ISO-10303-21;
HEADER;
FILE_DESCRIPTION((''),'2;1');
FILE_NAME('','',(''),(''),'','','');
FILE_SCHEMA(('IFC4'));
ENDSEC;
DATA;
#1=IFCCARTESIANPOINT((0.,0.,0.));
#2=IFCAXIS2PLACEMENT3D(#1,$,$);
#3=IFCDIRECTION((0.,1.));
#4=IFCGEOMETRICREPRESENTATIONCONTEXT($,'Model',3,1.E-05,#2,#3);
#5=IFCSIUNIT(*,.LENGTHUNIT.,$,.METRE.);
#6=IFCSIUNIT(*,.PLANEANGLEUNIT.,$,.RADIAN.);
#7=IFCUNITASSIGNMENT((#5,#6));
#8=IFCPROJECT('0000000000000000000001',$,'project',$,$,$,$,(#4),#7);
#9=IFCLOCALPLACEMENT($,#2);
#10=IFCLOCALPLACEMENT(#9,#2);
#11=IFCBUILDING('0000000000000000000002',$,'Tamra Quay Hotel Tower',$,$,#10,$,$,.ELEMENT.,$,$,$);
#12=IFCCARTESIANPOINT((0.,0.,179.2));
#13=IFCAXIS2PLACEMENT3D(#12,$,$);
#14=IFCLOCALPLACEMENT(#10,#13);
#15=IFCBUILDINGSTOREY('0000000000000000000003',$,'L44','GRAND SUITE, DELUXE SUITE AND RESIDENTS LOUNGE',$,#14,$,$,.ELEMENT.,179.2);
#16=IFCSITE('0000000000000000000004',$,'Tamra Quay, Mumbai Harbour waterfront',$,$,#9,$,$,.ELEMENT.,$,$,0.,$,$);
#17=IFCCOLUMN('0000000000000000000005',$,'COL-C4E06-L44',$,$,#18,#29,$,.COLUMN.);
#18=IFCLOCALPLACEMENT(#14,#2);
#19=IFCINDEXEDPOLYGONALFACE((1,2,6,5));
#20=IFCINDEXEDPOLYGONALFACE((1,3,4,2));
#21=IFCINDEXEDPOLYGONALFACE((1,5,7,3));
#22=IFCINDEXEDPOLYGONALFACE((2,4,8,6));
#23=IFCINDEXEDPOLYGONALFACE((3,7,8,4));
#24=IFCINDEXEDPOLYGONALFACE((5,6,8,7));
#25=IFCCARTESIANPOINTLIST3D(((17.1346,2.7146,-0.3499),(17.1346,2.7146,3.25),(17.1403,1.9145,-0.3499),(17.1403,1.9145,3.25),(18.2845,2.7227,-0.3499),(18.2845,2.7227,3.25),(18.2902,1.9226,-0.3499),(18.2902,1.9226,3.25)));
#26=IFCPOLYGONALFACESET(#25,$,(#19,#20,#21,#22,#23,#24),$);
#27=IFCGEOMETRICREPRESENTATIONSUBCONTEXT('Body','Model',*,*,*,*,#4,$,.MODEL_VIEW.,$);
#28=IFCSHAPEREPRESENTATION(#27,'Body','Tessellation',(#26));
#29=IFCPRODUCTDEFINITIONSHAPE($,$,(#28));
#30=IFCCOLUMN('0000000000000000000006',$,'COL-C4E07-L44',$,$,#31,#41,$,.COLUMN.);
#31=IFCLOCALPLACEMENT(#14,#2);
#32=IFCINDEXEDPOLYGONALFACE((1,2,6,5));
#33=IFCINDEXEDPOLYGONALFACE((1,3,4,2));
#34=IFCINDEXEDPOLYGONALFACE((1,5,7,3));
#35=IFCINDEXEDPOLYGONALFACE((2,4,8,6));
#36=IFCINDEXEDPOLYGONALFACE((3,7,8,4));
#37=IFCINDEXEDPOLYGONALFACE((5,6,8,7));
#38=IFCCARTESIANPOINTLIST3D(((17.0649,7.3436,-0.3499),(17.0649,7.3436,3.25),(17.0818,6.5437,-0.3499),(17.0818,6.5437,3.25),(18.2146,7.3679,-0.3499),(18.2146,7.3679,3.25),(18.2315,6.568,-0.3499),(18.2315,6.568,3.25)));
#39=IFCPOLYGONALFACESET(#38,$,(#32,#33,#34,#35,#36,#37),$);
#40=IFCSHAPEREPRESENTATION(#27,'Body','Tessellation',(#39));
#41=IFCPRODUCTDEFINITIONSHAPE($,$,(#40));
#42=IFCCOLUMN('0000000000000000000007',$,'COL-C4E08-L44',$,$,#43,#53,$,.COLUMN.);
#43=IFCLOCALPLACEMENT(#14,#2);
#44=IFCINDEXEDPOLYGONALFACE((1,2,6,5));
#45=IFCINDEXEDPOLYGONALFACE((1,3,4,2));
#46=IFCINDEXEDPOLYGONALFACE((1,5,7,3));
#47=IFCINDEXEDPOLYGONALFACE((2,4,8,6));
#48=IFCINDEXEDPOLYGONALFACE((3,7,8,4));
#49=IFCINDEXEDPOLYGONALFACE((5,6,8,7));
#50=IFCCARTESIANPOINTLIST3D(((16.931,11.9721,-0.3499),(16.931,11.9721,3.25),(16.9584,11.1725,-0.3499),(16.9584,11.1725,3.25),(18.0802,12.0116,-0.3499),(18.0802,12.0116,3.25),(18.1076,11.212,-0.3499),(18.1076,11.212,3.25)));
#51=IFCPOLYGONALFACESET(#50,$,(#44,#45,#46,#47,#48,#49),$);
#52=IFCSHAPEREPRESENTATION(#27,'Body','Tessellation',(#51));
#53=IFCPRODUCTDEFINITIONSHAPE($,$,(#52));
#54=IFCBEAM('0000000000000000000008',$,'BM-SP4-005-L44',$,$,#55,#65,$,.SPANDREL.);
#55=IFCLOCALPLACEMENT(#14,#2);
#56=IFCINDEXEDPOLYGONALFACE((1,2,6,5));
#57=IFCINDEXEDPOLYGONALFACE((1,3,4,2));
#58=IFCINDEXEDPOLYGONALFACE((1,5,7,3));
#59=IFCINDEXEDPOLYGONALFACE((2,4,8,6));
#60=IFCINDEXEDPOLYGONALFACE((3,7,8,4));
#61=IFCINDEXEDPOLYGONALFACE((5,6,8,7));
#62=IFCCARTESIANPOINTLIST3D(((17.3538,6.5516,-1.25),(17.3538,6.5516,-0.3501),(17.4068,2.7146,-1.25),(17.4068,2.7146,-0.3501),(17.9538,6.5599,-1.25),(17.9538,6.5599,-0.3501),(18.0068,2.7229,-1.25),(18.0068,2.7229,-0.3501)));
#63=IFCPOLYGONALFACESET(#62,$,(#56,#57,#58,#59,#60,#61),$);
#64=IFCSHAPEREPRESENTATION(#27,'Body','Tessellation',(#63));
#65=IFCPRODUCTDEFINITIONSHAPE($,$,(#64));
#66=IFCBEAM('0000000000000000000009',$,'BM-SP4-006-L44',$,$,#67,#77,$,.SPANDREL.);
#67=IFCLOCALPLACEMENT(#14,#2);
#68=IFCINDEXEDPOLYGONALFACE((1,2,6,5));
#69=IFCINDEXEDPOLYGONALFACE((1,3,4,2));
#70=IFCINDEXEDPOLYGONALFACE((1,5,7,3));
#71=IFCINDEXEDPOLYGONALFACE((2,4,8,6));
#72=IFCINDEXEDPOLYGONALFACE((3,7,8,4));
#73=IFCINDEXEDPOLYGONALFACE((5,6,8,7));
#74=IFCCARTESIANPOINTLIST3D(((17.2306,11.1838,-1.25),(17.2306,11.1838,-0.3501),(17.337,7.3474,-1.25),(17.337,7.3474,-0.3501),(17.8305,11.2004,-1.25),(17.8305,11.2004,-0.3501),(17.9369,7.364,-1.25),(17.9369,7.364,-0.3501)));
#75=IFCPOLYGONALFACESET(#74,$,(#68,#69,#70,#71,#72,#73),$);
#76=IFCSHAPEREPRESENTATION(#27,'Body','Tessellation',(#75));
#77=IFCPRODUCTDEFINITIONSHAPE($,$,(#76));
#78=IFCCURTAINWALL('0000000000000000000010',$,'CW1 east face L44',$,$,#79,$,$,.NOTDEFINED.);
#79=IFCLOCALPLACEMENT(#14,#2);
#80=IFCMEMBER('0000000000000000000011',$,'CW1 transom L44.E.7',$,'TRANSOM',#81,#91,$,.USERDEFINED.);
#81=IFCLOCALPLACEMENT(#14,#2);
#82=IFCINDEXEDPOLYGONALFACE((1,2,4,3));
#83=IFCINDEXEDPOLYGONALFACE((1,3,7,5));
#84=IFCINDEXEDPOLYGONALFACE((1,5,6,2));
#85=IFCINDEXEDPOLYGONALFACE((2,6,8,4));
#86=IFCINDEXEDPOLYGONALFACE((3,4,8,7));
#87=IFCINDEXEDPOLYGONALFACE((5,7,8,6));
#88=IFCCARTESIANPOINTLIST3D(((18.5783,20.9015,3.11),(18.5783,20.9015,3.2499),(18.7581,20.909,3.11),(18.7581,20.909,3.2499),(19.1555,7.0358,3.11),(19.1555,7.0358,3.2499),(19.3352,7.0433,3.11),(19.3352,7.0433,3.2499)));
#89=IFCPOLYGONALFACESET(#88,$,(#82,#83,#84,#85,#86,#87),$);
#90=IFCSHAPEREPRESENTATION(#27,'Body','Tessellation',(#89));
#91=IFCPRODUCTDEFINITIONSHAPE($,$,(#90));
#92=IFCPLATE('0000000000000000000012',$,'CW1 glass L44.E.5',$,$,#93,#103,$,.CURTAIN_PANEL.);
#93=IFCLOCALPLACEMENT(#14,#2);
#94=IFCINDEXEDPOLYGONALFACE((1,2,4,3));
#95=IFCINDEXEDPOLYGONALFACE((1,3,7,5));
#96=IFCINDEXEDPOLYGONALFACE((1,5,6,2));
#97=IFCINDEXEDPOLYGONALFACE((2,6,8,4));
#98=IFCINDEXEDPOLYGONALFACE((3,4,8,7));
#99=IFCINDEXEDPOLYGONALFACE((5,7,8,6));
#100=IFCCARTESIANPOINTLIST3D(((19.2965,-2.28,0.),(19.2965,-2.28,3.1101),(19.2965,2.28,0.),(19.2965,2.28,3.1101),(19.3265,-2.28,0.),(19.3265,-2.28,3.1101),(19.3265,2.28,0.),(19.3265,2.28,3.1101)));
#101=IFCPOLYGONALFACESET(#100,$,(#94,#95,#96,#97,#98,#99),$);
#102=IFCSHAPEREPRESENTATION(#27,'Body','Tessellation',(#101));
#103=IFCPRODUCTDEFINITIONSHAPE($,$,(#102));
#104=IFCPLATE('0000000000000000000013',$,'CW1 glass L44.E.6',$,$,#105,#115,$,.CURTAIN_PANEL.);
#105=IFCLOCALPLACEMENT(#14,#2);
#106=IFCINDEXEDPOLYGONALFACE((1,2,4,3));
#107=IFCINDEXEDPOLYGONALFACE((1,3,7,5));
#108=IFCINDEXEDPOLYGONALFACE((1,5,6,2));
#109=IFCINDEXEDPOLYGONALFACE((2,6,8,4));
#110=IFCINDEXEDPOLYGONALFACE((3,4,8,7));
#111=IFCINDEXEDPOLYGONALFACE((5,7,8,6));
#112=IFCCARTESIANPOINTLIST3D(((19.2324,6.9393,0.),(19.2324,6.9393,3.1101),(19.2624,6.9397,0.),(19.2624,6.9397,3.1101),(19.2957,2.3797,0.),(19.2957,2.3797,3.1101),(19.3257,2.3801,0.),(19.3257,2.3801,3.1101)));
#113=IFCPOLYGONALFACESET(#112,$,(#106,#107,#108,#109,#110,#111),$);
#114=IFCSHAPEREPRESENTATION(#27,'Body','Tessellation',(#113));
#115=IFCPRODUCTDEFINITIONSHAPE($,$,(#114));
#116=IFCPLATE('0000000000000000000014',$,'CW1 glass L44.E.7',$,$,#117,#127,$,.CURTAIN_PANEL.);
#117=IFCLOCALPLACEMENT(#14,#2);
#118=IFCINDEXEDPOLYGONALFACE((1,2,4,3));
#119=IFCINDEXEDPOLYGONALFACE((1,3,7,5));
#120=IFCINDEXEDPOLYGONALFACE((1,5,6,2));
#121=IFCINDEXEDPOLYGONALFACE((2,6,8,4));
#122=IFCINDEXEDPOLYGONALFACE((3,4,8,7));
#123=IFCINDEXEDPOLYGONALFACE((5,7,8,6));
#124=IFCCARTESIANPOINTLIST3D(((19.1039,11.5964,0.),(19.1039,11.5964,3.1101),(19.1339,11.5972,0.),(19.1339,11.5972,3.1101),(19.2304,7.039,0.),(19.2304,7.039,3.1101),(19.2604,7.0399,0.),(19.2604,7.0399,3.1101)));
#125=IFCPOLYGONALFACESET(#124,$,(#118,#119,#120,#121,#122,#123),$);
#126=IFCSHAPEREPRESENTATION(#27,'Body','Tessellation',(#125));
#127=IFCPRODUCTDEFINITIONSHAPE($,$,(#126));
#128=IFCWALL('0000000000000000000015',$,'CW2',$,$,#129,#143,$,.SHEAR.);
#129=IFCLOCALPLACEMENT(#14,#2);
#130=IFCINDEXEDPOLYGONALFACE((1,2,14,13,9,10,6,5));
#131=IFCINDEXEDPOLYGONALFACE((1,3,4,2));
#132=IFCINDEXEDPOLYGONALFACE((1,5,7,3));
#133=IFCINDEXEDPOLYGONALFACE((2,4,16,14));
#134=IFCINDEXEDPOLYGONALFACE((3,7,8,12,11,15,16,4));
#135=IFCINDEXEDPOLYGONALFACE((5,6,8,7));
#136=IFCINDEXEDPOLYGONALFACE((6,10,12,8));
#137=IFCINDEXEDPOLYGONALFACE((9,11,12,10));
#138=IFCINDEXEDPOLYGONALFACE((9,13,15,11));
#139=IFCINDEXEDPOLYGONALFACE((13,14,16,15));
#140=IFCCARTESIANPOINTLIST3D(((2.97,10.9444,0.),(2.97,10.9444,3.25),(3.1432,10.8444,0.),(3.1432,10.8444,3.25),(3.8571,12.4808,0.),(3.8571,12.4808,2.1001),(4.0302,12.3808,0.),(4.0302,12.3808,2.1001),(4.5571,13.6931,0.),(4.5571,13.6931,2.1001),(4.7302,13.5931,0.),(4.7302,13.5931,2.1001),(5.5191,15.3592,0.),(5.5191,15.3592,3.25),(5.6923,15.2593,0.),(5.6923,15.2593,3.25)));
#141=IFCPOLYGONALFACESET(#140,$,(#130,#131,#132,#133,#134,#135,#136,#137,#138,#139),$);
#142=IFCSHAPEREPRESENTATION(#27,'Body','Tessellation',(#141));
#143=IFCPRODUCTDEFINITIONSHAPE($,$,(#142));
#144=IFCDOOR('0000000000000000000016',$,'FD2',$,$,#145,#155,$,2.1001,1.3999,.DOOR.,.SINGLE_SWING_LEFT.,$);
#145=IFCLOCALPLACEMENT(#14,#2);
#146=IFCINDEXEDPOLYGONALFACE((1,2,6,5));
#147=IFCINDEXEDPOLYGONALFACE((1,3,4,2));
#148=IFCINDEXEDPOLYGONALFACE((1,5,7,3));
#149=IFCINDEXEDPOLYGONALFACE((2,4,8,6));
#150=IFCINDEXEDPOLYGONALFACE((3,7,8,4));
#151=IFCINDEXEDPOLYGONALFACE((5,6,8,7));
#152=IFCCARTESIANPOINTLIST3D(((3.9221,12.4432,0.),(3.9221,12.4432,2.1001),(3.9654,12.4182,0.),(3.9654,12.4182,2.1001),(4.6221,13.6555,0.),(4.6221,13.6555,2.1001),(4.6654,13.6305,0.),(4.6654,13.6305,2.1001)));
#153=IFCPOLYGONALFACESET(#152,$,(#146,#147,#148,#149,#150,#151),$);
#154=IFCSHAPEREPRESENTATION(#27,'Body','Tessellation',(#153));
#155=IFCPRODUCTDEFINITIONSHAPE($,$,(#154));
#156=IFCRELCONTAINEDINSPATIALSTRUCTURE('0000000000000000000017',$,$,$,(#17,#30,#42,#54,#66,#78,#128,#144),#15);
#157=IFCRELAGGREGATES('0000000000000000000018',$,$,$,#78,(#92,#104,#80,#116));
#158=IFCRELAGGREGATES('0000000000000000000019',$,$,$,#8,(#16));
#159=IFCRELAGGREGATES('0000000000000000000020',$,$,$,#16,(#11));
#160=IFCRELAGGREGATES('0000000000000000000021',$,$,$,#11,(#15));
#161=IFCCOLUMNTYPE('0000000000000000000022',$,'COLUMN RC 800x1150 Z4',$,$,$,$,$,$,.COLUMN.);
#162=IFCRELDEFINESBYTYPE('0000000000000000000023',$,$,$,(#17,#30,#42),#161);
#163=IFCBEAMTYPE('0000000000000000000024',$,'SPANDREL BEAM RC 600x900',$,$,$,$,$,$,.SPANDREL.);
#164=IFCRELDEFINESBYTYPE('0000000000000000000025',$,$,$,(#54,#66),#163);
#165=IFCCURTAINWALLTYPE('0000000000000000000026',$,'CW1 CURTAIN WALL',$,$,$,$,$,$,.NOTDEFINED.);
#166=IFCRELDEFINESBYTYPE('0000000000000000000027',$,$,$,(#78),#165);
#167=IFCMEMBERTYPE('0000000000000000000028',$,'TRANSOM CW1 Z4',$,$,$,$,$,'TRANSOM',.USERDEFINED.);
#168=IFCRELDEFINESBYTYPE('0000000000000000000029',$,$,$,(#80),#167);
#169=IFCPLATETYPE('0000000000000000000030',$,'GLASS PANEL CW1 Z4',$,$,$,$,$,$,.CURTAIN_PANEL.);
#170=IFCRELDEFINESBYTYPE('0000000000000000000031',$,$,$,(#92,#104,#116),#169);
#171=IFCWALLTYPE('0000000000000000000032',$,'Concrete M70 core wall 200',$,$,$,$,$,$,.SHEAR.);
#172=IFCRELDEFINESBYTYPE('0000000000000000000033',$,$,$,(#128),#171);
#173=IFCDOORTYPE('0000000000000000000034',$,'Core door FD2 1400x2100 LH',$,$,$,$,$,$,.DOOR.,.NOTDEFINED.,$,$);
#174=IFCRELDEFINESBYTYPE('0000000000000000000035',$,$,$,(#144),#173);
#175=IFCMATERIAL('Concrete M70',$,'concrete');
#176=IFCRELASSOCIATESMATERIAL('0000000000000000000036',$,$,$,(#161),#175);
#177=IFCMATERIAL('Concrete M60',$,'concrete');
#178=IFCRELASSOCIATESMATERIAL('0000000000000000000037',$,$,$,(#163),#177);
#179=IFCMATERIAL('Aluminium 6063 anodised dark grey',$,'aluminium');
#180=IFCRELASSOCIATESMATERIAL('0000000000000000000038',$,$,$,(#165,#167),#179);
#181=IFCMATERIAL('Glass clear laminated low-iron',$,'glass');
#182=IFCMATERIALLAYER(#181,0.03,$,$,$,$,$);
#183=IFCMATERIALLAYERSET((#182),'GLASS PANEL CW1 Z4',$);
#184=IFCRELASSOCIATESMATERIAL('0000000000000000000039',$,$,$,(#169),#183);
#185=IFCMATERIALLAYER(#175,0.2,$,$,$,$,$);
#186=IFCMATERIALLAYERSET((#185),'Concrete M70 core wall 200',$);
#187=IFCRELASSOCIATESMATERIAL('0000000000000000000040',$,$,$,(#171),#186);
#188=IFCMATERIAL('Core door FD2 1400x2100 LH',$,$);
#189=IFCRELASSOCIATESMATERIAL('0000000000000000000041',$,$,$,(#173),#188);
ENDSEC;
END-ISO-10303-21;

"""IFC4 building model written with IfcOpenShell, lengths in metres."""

from ifc_helpers import new_model, si_unit, direction, frame, frame_2d, origin, origin_2d, place, context, subcontext, project, spatial, rectangle, extrude, material, layer, layer_set, material_profile, profile_set, type_object, element, fill, aggregate, save


model = new_model("IFC4")

# Units and contexts
model_context = context("Model", 3, precision=1e-05, world=origin(), true_north=direction((0.0, 1.0)))
body_context = subcontext(model_context, "Body", "Model", "MODEL_VIEW")
ifc_project = project(units=[si_unit("LENGTHUNIT", "METRE"), si_unit("PLANEANGLEUNIT", "RADIAN")], contexts=[model_context])

# Site, building, storey
site_placement = place(None, origin())
site = spatial("IfcSite", under=ifc_project, at=site_placement, Name="Tamra Quay, Mumbai Harbour waterfront", CompositionType="ELEMENT", RefElevation=0.0)
building_placement = place(site_placement, origin())
building = spatial("IfcBuilding", under=site, at=building_placement, Name="Tamra Quay Hotel Tower", CompositionType="ELEMENT")
storey_placement = place(building_placement, frame((0.0, 0.0, 179.2)))
storey = spatial("IfcBuildingStorey", under=building, at=storey_placement, Name="L44", Description="GRAND SUITE, DELUXE SUITE AND RESIDENTS LOUNGE", CompositionType="ELEMENT", Elevation=179.2)

# Columns
ifc_material_1 = material(Name="Concrete M70", Category="concrete")
ifc_material_profile_1 = material_profile(ifc_material_1, rectangle(XDim=1.1499, YDim=0.8, at=origin_2d()), Name="COLUMN RC 800x1150 Z4")
ifc_profile_set_1 = profile_set([ifc_material_profile_1], Name="Concrete M70")
column_type = type_object("IfcColumnType", Name="COLUMN RC 800x1150 Z4", PredefinedType="COLUMN", material=ifc_profile_set_1)
for number, where, z_axis, x_axis, name in (
    (1, (17.7124, 2.3186, -0.3499), (0.0, 0.0, 1.0), (0.999975, 0.007041, 0.0), "COL-C4E06-L44"),
    (2, (17.6482, 6.9558, -0.3499), (0.0, 0.0, 1.0), (0.999777, 0.021115, 0.0), "COL-C4E07-L44"),
    (3, (17.5193, 11.592, -0.3499), (0.0, 0.0, 1.0), (0.999412, 0.034299, 0.0), "COL-C4E08-L44"),
):
    element("IfcColumn", number, at=place(storey_placement, frame(where, z_axis=z_axis, x_axis=x_axis)), inside=storey, type_object=column_type, Name=name, PredefinedType="COLUMN", context=body_context, shape_type="SweptSolid", body=[
        extrude(rectangle(XDim=1.1499, YDim=0.8, at=origin_2d()), origin(), (0.0, 0.0, 1.0), 3.5999),
    ])

# Beams
ifc_material_2 = material(Name="Concrete M60", Category="concrete")
ifc_material_profile_2 = material_profile(ifc_material_2, rectangle(XDim=0.6001, YDim=0.8999, at=origin_2d()), Name="SPANDREL BEAM RC 600x900")
ifc_profile_set_2 = profile_set([ifc_material_profile_2], Name="Concrete M60")
beam_type = type_object("IfcBeamType", Name="SPANDREL BEAM RC 600x900", PredefinedType="SPANDREL", material=ifc_profile_set_2)
beam_1_placement = place(storey_placement, frame((17.7068, 2.7188, -0.8), z_axis=(-0.013805, 0.999905, 0.0), x_axis=(-0.999905, -0.013805, 0.0)))
element("IfcBeam", 4, at=beam_1_placement, inside=storey, type_object=beam_type, Name="BM-SP4-005-L44", PredefinedType="SPANDREL", context=body_context, shape_type="SweptSolid", body=[
    extrude(rectangle(XDim=0.6001, YDim=0.8999, at=origin_2d()), origin(), (0.0, 0.0, 1.0), 3.8374),
])
beam_2_placement = place(storey_placement, frame((17.637, 7.3557, -0.8), z_axis=(-0.027735, 0.999615, 0.0), x_axis=(-0.999615, -0.027735, 0.0)))
element("IfcBeam", 5, at=beam_2_placement, inside=storey, type_object=beam_type, Name="BM-SP4-006-L44", PredefinedType="SPANDREL", context=body_context, shape_type="SweptSolid", body=[
    extrude(rectangle(XDim=0.6001, YDim=0.8999, at=origin_2d()), origin(), (0.0, 0.0, 1.0), 3.8379),
])

# Curtain wall, member, plates
ifc_material_3 = material(Name="Aluminium 6063 anodised dark grey", Category="aluminium")
curtain_wall_type = type_object("IfcCurtainWallType", Name="CW1 CURTAIN WALL", PredefinedType="NOTDEFINED", material=ifc_material_3)
curtain_wall_placement = place(storey_placement, origin())
curtain_wall = element("IfcCurtainWall", 6, at=curtain_wall_placement, inside=storey, type_object=curtain_wall_type, Name="CW1 east face L44", PredefinedType="NOTDEFINED")
ifc_material_profile_3 = material_profile(ifc_material_3, rectangle(XDim=0.1799, YDim=0.1399, at=origin_2d()), Name="TRANSOM 180X140")
ifc_profile_set_3 = profile_set([ifc_material_profile_3], Name="Aluminium 6063 anodised dark grey")
member_type = type_object("IfcMemberType", Name="TRANSOM CW1 Z4", ElementType="TRANSOM", PredefinedType="USERDEFINED", material=ifc_profile_set_3)
member_placement = place(storey_placement, frame((19.2454, 7.0396, 3.1799), z_axis=(-0.041588, 0.999135, 0.0), x_axis=(-0.999135, -0.041588, 0.0)))
member = element("IfcMember", 7, at=member_placement, type_object=member_type, Name="CW1 transom L44.E.7", ObjectType="TRANSOM", PredefinedType="USERDEFINED", context=body_context, shape_type="SweptSolid", body=[
    extrude(rectangle(XDim=0.1799, YDim=0.1399, at=origin_2d()), origin(), (0.0, 0.0, 1.0), 13.8777),
])
ifc_material_4 = material(Name="Glass clear laminated low-iron", Category="glass")
ifc_layer_1 = layer(ifc_material_4, 0.03)
ifc_layer_set_1 = layer_set([ifc_layer_1], Name="GLASS PANEL CW1 Z4")
plate_type = type_object("IfcPlateType", Name="GLASS PANEL CW1 Z4", PredefinedType="CURTAIN_PANEL", material=ifc_layer_set_1)
plate_1_placement = place(storey_placement, frame((19.3115, 0.0, 0.0), z_axis=(0.0, 0.0, 1.0), x_axis=(0.0, 1.0, 0.0)))
plate_1 = element("IfcPlate", 8, at=plate_1_placement, type_object=plate_type, Name="CW1 glass L44.E.5", PredefinedType="CURTAIN_PANEL", context=body_context, shape_type="SweptSolid", body=[
    extrude(rectangle(XDim=4.5601, YDim=0.03, at=origin_2d()), origin(), (0.0, 0.0, 1.0), 3.1101),
])
plate_2_placement = place(storey_placement, frame((19.2791, 4.6597, 0.0), z_axis=(0.0, 0.0, 1.0), x_axis=(-0.013886, 0.999904, 0.0)))
plate_2 = element("IfcPlate", 9, at=plate_2_placement, type_object=plate_type, Name="CW1 glass L44.E.6", PredefinedType="CURTAIN_PANEL", context=body_context, shape_type="SweptSolid", body=[
    extrude(rectangle(XDim=4.5601, YDim=0.03, at=origin_2d()), origin(), (0.0, 0.0, 1.0), 3.1101),
])
plate_3_placement = place(storey_placement, frame((19.1821, 9.3181, 0.0), z_axis=(0.0, 0.0, 1.0), x_axis=(-0.027754, 0.999615, 0.0)))
plate_3 = element("IfcPlate", 10, at=plate_3_placement, type_object=plate_type, Name="CW1 glass L44.E.7", PredefinedType="CURTAIN_PANEL", context=body_context, shape_type="SweptSolid", body=[
    extrude(rectangle(XDim=4.5591, YDim=0.03, at=origin_2d()), origin(), (0.0, 0.0, 1.0), 3.1101),
])
aggregate(curtain_wall, [plate_1, plate_2, member, plate_3])

# Wall, opening, door
ifc_layer_2 = layer(ifc_material_1, 0.2)
ifc_layer_set_2 = layer_set([ifc_layer_2], Name="Concrete M70 core wall 200")
wall_type_1 = type_object("IfcWallType", Name="Concrete M70 core wall 200", PredefinedType="SHEAR", material=ifc_layer_set_2)
wall_1_placement = place(storey_placement, frame((3.0566, 10.8945, 0.0), z_axis=(0.0, 0.0, 1.0), x_axis=(0.500028, 0.866009, 0.0)))
wall_1 = element("IfcWall", 11, at=wall_1_placement, inside=storey, type_object=wall_type_1, Name="CW2", PredefinedType="SHEAR", context=body_context, shape_type="SweptSolid", body=[
    extrude(rectangle(XDim=5.0979, YDim=0.2, at=frame_2d((2.5488, 0.0))), origin(), (0.0, 0.0, 1.0), 3.25),
])
opening_1_placement = place(wall_1_placement, frame((1.7739, 0.0, 0.0)))
opening_1 = element("IfcOpeningElement", 12, at=opening_1_placement, cuts=wall_1, PredefinedType="OPENING", context=body_context, shape_type="SweptSolid", body=[
    extrude(rectangle(XDim=1.3999, YDim=2.1001, at=frame_2d((0.7, 1.05))), frame((0.0, 0.1099, 0.0), z_axis=(0.0, -1.0, 0.0), x_axis=(1.0, 0.0, 0.0)), (0.0, 0.0, 1.0), 0.22),
])
ifc_material_5 = material(Name="Core door FD2 1400x2100 LH")
door_type_1 = type_object("IfcDoorType", Name="Core door FD2 1400x2100 LH", OperationType="NOTDEFINED", PredefinedType="DOOR", material=ifc_material_5)
door_1_placement = place(opening_1_placement, origin())
door_1 = element("IfcDoor", 13, at=door_1_placement, inside=storey, type_object=door_type_1, Name="FD2", OperationType="SINGLE_SWING_LEFT", OverallHeight=2.1001, OverallWidth=1.3999, PredefinedType="DOOR", context=body_context, shape_type="SweptSolid", body=[
    extrude(rectangle(XDim=1.3999, YDim=2.1001, at=frame_2d((0.7, 1.05))), frame((0.0, 0.0249, 0.0), z_axis=(0.0, -1.0, 0.0), x_axis=(1.0, 0.0, 0.0)), (0.0, 0.0, 1.0), 0.05),
])
fill(opening_1, door_1)

save(model, "model.ifc")
